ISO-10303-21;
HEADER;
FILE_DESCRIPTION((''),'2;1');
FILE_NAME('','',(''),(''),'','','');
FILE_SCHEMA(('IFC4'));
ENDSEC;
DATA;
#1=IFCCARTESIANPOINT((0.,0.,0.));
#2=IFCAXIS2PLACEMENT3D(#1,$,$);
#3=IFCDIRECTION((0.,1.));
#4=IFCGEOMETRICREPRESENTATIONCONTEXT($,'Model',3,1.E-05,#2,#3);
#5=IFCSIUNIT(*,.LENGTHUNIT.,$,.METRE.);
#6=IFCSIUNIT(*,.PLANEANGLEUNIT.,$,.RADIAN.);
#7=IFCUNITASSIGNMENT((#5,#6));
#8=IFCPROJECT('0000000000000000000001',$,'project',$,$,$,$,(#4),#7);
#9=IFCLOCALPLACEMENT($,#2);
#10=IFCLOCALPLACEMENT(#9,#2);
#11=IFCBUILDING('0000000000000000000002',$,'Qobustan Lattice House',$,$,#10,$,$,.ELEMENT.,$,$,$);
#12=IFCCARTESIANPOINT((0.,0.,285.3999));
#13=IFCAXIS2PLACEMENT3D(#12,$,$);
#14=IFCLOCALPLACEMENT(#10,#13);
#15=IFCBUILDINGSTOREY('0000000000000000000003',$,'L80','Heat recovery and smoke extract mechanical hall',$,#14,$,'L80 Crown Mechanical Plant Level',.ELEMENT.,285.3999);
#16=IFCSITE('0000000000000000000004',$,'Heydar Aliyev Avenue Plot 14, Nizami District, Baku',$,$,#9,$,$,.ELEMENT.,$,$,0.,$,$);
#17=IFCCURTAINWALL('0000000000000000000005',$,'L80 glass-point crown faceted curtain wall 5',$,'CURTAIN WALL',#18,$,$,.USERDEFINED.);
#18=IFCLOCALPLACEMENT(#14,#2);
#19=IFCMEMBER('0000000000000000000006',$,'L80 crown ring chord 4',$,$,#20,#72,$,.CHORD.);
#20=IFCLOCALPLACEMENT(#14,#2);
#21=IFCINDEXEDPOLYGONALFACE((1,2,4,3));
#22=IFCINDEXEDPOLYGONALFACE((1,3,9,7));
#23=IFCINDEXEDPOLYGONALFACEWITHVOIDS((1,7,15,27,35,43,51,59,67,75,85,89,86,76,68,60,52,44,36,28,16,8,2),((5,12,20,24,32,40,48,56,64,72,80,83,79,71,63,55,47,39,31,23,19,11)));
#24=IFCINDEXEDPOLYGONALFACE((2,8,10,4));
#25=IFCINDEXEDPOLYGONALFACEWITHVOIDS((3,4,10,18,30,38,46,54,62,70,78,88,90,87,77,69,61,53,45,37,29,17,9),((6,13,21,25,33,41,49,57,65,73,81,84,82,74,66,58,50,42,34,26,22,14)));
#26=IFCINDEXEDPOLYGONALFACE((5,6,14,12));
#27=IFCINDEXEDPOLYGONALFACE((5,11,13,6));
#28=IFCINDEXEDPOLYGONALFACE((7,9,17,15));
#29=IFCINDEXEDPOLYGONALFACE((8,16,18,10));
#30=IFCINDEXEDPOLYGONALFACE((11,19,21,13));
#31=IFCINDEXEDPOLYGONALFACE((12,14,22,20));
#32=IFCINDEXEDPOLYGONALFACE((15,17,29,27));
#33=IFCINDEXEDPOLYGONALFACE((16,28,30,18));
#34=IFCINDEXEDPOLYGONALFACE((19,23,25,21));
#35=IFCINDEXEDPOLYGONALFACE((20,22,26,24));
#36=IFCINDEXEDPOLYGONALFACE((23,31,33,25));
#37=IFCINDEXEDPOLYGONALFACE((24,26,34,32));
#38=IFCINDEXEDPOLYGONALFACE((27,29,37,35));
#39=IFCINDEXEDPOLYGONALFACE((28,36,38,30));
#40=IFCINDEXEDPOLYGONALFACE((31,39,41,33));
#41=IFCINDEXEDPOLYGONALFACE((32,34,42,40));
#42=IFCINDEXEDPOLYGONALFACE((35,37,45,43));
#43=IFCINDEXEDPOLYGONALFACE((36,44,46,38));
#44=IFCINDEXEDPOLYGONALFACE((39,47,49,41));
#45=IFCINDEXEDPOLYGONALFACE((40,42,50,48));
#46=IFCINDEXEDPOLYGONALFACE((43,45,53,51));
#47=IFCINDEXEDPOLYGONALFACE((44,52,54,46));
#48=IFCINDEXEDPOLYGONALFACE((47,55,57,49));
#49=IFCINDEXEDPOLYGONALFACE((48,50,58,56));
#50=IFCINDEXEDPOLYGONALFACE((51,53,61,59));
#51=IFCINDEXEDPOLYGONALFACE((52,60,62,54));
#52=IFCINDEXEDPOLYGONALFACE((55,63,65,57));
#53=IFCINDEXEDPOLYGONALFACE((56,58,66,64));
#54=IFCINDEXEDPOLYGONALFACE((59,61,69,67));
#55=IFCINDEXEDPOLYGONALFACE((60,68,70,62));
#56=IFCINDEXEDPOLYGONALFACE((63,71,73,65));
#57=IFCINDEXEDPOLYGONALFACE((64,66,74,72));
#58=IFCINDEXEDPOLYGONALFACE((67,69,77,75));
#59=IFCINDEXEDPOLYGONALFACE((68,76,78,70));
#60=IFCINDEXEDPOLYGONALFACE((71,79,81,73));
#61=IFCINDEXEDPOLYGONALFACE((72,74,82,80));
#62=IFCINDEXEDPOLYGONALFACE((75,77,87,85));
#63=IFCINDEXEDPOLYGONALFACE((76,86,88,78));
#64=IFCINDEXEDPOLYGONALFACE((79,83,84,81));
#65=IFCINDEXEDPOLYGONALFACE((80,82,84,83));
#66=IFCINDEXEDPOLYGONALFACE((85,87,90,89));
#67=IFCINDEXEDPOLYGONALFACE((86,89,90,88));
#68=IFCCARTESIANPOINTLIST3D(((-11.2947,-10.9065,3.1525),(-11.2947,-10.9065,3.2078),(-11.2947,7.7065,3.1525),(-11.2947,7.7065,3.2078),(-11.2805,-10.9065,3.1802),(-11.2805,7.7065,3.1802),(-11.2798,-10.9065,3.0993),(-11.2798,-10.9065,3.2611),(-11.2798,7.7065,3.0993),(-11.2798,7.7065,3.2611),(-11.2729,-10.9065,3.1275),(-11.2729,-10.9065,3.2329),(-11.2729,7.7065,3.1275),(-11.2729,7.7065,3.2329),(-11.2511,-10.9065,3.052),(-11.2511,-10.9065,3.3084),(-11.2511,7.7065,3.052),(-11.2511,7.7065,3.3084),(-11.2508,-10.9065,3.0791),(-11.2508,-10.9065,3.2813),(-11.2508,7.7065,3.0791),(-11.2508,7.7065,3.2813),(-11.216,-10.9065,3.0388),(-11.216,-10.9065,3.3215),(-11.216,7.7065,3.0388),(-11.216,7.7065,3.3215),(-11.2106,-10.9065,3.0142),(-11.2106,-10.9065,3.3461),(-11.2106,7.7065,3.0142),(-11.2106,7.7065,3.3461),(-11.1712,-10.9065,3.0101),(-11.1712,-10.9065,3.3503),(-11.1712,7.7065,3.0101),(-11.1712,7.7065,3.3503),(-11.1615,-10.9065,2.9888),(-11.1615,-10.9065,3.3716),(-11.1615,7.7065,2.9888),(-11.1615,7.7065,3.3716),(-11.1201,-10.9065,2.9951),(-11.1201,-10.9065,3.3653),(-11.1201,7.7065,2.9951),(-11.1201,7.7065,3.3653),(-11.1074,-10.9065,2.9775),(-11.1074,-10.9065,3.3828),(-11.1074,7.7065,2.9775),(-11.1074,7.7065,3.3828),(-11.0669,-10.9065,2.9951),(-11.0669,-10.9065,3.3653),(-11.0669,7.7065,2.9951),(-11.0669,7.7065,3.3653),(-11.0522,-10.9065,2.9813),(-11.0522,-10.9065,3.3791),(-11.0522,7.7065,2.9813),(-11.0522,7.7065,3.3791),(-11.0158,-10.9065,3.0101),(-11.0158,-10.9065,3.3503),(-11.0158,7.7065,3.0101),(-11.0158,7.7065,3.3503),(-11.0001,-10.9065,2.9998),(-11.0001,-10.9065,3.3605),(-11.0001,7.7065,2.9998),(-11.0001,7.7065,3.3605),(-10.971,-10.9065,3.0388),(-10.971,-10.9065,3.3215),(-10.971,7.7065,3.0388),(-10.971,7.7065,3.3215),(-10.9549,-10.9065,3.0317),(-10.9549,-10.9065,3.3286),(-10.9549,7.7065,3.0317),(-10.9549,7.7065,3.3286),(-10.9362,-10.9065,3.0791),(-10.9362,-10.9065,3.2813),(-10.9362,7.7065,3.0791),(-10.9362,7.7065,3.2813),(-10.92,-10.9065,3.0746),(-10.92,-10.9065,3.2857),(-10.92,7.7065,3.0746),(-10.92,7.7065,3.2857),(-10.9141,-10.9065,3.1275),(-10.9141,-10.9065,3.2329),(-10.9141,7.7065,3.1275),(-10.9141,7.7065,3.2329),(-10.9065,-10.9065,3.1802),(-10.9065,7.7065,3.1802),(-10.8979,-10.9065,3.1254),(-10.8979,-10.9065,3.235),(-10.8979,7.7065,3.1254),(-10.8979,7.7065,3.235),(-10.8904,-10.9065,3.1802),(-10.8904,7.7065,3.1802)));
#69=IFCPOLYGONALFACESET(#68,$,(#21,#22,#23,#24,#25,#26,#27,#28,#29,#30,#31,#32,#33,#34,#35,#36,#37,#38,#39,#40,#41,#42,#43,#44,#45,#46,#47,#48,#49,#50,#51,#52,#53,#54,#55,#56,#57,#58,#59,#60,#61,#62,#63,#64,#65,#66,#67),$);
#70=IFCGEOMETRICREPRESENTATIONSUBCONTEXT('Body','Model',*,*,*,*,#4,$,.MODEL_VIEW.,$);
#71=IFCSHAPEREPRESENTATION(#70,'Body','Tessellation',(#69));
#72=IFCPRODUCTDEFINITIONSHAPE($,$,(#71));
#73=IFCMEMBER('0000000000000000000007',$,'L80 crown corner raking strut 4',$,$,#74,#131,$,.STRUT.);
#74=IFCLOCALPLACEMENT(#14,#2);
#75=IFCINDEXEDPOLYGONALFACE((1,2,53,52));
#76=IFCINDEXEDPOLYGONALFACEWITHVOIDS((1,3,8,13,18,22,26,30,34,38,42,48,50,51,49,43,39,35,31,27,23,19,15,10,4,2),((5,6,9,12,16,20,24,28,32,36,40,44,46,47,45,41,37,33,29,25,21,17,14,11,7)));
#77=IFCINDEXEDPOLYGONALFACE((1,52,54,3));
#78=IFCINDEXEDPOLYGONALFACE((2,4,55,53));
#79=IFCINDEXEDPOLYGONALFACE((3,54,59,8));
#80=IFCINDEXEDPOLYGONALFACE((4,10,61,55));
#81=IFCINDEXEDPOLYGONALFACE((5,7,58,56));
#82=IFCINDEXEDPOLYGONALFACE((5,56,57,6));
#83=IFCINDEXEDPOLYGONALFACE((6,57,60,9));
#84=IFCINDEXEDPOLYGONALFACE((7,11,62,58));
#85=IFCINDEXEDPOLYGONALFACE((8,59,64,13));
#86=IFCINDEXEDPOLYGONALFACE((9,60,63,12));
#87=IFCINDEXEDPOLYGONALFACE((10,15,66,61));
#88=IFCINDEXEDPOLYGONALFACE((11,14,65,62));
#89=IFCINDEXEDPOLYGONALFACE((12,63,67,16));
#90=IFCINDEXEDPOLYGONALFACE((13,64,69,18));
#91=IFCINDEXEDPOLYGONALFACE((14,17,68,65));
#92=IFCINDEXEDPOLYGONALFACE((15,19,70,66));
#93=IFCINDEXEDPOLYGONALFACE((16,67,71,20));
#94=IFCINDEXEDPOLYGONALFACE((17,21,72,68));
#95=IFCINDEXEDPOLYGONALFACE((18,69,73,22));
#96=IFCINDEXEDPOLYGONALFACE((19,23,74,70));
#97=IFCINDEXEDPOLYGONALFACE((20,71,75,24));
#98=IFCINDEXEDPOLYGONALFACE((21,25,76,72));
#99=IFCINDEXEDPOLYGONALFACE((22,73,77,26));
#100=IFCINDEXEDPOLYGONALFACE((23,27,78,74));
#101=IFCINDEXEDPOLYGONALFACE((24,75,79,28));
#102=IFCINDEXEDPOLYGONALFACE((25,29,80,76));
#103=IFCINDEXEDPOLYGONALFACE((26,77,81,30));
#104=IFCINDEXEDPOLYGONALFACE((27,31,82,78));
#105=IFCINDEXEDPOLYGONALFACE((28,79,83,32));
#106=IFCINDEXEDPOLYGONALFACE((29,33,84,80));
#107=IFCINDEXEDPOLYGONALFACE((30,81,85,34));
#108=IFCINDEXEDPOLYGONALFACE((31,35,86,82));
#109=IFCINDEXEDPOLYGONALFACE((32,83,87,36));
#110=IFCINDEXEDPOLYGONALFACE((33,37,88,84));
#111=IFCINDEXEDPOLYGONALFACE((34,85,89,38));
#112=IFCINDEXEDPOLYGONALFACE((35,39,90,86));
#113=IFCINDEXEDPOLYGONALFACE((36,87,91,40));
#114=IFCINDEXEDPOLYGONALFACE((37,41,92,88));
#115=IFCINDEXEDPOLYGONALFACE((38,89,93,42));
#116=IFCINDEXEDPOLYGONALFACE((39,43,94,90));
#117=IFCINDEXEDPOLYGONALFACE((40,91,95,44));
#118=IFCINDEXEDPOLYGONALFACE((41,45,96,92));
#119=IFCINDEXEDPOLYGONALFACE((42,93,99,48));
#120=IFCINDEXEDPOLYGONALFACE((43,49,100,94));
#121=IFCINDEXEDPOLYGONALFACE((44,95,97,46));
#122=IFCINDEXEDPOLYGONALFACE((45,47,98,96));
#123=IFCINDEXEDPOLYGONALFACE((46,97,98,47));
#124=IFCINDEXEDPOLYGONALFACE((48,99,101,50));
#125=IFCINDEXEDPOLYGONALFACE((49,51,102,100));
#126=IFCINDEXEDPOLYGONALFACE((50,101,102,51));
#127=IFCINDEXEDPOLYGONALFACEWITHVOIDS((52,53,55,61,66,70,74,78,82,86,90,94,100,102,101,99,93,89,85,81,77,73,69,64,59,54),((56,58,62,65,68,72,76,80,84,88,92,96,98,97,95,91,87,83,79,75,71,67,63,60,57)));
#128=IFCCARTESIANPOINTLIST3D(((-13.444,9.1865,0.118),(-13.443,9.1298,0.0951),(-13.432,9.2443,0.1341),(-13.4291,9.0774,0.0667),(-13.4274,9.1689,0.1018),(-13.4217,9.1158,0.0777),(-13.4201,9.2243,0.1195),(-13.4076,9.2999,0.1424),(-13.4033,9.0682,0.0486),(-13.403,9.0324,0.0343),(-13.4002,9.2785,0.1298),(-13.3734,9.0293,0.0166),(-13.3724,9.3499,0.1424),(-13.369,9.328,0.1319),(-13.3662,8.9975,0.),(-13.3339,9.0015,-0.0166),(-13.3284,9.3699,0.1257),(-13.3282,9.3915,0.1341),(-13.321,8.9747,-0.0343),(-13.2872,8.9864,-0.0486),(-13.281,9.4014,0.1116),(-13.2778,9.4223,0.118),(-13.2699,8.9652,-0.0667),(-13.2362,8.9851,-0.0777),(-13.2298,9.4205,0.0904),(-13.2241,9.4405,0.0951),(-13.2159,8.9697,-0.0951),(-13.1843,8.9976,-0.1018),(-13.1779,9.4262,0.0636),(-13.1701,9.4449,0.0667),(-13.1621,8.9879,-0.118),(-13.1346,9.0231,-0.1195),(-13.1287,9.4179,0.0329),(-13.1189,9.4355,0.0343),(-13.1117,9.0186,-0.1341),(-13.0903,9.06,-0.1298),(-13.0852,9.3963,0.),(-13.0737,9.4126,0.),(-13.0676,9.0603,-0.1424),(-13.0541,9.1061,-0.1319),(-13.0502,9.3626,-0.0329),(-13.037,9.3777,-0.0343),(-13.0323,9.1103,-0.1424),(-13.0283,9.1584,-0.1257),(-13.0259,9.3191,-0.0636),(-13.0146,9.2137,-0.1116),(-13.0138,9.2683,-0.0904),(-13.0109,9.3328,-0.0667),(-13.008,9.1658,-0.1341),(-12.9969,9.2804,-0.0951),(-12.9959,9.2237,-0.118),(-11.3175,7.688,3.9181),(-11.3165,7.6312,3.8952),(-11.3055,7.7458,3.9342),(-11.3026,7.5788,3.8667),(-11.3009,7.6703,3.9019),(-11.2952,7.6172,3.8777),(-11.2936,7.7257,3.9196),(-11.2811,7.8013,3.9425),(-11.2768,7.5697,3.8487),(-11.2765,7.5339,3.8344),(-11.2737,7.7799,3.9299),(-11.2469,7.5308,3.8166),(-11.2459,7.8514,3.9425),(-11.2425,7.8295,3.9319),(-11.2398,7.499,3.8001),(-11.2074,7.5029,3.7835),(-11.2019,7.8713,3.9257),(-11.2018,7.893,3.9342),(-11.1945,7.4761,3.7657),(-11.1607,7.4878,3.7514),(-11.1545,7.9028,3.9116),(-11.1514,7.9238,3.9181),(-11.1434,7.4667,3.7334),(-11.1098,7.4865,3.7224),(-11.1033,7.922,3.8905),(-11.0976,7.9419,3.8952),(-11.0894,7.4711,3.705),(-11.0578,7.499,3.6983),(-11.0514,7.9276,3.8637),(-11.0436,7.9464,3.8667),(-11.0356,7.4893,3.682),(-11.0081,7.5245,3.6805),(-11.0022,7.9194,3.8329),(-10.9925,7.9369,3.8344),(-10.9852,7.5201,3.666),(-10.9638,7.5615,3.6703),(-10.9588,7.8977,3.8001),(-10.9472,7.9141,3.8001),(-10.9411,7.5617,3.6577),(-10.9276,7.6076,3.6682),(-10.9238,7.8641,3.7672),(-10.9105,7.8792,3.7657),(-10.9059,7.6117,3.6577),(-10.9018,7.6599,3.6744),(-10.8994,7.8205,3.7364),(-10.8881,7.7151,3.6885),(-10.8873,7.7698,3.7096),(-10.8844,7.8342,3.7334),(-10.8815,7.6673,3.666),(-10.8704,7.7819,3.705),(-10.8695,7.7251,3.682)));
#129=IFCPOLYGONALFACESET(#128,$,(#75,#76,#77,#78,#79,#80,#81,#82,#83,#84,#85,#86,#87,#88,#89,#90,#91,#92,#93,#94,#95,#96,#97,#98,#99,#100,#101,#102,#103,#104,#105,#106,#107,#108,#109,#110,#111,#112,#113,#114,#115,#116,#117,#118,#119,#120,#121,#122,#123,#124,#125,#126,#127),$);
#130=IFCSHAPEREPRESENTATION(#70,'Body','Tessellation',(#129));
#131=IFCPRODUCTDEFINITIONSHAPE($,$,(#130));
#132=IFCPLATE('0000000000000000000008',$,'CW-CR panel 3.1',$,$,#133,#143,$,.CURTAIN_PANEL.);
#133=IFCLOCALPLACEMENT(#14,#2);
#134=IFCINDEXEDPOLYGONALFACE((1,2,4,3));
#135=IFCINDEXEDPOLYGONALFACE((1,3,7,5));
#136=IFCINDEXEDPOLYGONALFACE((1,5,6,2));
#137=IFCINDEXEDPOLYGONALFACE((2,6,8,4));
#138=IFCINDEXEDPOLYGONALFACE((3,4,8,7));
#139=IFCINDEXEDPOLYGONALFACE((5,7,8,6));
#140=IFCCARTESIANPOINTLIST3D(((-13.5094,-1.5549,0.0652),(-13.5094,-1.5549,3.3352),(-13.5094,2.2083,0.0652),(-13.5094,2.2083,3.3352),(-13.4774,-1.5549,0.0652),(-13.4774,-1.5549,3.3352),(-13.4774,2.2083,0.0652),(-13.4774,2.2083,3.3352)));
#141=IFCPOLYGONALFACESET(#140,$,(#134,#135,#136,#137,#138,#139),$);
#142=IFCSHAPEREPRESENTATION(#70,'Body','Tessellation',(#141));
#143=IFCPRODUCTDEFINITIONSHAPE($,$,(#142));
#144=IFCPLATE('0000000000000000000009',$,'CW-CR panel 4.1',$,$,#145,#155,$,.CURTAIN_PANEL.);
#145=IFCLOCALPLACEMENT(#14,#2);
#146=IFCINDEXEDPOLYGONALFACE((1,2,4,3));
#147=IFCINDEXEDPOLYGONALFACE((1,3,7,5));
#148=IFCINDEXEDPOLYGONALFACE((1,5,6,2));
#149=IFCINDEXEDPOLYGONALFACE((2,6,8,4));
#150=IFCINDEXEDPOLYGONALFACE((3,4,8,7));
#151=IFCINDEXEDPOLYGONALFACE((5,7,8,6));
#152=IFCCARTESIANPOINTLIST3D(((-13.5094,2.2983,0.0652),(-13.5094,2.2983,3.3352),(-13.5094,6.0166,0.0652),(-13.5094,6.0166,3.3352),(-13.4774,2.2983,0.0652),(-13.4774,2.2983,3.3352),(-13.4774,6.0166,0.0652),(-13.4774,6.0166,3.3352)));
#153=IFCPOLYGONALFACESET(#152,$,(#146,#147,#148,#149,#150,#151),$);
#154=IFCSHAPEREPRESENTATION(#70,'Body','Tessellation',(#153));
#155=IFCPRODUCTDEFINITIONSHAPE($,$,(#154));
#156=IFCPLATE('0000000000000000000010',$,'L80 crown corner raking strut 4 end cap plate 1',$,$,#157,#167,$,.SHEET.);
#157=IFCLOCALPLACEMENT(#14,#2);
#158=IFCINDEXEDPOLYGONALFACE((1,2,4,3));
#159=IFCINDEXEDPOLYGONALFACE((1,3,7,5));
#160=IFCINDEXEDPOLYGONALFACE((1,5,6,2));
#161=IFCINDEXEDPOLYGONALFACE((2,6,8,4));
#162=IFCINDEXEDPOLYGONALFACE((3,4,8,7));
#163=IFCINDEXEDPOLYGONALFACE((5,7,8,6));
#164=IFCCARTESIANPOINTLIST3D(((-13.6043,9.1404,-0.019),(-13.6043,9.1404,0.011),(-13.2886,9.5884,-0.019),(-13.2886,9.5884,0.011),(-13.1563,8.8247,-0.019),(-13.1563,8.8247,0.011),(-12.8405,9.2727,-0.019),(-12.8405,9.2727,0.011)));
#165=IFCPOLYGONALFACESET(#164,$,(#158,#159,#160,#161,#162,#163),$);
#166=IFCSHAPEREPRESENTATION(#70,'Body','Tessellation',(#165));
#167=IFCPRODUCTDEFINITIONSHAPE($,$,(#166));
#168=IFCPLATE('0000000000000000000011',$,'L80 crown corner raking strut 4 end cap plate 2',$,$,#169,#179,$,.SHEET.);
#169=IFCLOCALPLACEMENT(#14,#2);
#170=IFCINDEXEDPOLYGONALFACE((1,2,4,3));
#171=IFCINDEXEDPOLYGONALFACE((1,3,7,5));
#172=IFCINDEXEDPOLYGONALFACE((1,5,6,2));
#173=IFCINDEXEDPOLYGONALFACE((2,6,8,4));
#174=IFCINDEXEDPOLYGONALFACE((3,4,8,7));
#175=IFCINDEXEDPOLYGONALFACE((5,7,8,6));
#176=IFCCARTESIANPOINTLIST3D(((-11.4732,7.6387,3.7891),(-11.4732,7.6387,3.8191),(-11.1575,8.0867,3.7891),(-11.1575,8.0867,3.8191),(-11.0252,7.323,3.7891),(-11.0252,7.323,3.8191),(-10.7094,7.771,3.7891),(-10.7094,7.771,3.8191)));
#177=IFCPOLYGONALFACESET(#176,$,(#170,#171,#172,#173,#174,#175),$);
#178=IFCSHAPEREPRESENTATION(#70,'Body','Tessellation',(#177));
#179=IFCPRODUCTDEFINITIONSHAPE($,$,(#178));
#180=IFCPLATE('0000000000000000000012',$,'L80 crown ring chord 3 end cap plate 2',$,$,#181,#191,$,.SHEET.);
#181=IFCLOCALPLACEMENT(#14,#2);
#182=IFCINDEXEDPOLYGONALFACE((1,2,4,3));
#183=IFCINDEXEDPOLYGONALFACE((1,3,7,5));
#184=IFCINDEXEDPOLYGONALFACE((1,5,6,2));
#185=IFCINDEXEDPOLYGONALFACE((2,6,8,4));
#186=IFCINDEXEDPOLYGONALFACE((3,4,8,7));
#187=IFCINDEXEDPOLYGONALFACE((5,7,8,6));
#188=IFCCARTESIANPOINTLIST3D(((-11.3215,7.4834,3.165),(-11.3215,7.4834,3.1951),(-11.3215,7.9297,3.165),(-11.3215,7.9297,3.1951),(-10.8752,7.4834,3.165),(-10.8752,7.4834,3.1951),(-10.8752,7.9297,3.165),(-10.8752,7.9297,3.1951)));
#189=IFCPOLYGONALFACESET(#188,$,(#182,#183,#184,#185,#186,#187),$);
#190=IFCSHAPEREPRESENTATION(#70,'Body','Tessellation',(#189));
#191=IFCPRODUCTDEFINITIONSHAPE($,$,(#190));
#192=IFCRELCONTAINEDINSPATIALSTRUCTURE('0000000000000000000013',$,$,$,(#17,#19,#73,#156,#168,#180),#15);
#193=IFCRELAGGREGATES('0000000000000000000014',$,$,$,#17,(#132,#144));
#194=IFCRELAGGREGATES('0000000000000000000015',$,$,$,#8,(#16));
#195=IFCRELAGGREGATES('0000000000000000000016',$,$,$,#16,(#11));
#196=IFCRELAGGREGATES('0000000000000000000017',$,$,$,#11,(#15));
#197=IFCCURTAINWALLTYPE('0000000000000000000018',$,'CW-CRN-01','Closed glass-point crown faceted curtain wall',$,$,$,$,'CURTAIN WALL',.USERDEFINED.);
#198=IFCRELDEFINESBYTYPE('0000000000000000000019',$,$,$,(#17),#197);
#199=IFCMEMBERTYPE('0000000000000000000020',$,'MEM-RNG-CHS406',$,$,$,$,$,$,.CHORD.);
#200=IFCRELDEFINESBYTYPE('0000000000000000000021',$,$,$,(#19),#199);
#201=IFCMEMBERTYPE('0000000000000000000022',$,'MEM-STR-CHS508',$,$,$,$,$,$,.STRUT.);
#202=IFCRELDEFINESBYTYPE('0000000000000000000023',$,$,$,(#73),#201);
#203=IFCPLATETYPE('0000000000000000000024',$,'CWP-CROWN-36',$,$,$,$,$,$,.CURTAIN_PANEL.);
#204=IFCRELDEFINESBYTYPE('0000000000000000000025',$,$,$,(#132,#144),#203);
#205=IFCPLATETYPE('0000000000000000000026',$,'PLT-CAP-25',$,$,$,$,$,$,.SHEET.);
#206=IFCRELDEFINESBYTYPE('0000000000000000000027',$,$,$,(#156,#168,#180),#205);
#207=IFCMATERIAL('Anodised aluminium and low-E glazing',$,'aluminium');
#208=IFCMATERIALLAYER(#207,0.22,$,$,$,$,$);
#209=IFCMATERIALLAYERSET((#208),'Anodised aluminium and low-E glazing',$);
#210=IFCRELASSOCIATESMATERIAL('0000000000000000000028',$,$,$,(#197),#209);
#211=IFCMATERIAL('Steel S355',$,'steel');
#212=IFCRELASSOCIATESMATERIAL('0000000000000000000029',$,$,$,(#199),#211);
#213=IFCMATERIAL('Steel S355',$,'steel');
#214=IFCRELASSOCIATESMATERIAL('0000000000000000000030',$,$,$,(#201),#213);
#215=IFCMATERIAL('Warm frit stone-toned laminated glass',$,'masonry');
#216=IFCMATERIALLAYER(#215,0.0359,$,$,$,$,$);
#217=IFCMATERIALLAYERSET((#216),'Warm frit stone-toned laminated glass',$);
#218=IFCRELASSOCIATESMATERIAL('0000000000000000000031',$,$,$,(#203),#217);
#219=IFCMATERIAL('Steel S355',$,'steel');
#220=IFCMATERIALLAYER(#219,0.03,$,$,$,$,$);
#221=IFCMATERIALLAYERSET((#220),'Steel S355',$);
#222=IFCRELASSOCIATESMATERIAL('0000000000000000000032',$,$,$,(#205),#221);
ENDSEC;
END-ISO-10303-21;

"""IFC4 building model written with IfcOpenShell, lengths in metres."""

from ifc_helpers import new_model, si_unit, direction, frame, origin, origin_2d, place, context, subcontext, project, spatial, rectangle, hollow_circle, extrude, material, layer, layer_set, material_profile, profile_set, type_object, element, aggregate, save


model = new_model("IFC4")

# Units and contexts
model_context = context("Model", 3, precision=1e-05, world=origin(), true_north=direction((0.0, 1.0)))
body_context = subcontext(model_context, "Body", "Model", "MODEL_VIEW")
ifc_project = project(units=[si_unit("LENGTHUNIT", "METRE"), si_unit("PLANEANGLEUNIT", "RADIAN")], contexts=[model_context])

# Site, building, storey
site_placement = place(None, origin())
site = spatial("IfcSite", under=ifc_project, at=site_placement, Name="Heydar Aliyev Avenue Plot 14, Nizami District, Baku", CompositionType="ELEMENT", RefElevation=0.0)
building_placement = place(site_placement, origin())
building = spatial("IfcBuilding", under=site, at=building_placement, Name="Qobustan Lattice House", CompositionType="ELEMENT")
storey_placement = place(building_placement, frame((0.0, 0.0, 285.3999)))
storey = spatial("IfcBuildingStorey", under=building, at=storey_placement, Name="L80", Description="Heat recovery and smoke extract mechanical hall", LongName="L80 Crown Mechanical Plant Level", CompositionType="ELEMENT", Elevation=285.3999)

# Curtain wall
ifc_material_1 = material(Name="Anodised aluminium and low-E glazing", Category="aluminium")
ifc_layer_1 = layer(ifc_material_1, 0.22)
ifc_layer_set_1 = layer_set([ifc_layer_1], Name="Anodised aluminium and low-E glazing")
curtain_wall_type = type_object("IfcCurtainWallType", Name="CW-CRN-01", Description="Closed glass-point crown faceted curtain wall", ElementType="CURTAIN WALL", PredefinedType="USERDEFINED", material=ifc_layer_set_1)
curtain_wall_1_placement = place(storey_placement, origin())
curtain_wall_1 = element("IfcCurtainWall", 1, at=curtain_wall_1_placement, inside=storey, type_object=curtain_wall_type, Name="L80 glass-point crown faceted curtain wall 5", ObjectType="CURTAIN WALL", PredefinedType="USERDEFINED")

# Members
ifc_material_2 = material(Name="Steel S355", Category="steel")
ifc_material_profile_1 = material_profile(ifc_material_2, hollow_circle(Radius=0.2031, WallThickness=0.0161, at=origin_2d()), Name="CHS406.4x16")
ifc_profile_set_1 = profile_set([ifc_material_profile_1], Name="Steel S355")
member_type_1 = type_object("IfcMemberType", Name="MEM-RNG-CHS406", PredefinedType="CHORD", material=ifc_profile_set_1)
member_1_placement = place(storey_placement, frame((-11.0935, 7.7065, 3.1802), z_axis=(0.0, -1.0, 0.0), x_axis=(1.0, 0.0, 0.0)))
element("IfcMember", 2, at=member_1_placement, inside=storey, type_object=member_type_1, Name="L80 crown ring chord 4", PredefinedType="CHORD", context=body_context, shape_type="SweptSolid", body=[
    extrude(hollow_circle(Radius=0.2031, WallThickness=0.0161, at=origin_2d()), origin(), (0.0, 0.0, 1.0), 18.613),
])
ifc_material_3 = material(Name="Steel S355", Category="steel")
ifc_material_profile_2 = material_profile(ifc_material_3, hollow_circle(Radius=0.2539, WallThickness=0.02, at=origin_2d()), Name="CHS508x20")
ifc_profile_set_2 = profile_set([ifc_material_profile_2], Name="Steel S355")
member_type_2 = type_object("IfcMemberType", Name="MEM-STR-CHS508", PredefinedType="STRUT", material=ifc_profile_set_2)
member_2_placement = place(storey_placement, frame((-13.22, 9.2051, 0.0), z_axis=(0.461753, -0.325401, 0.825165), x_axis=(0.576042, 0.81742, 0.0)))
element("IfcMember", 3, at=member_2_placement, inside=storey, type_object=member_type_2, Name="L80 crown corner raking strut 4", PredefinedType="STRUT", context=body_context, shape_type="SweptSolid", body=[
    extrude(hollow_circle(Radius=0.2539, WallThickness=0.02, at=origin_2d()), origin(), (0.0, 0.0, 1.0), 4.6052),
])

# Plates
ifc_material_4 = material(Name="Warm frit stone-toned laminated glass", Category="masonry")
ifc_layer_2 = layer(ifc_material_4, 0.0359)
ifc_layer_set_2 = layer_set([ifc_layer_2], Name="Warm frit stone-toned laminated glass")
plate_type_1 = type_object("IfcPlateType", Name="CWP-CROWN-36", PredefinedType="CURTAIN_PANEL", material=ifc_layer_set_2)
plate_1_placement = place(storey_placement, frame((-13.4934, 0.3267, 0.0652), z_axis=(0.0, 0.0, 1.0), x_axis=(0.0, 1.0, 0.0)))
plate_1 = element("IfcPlate", 4, at=plate_1_placement, type_object=plate_type_1, Name="CW-CR panel 3.1", PredefinedType="CURTAIN_PANEL", context=body_context, shape_type="SweptSolid", body=[
    extrude(rectangle(XDim=3.7632, YDim=0.032, at=origin_2d()), origin(), (0.0, 0.0, 1.0), 3.27),
])
plate_2_placement = place(storey_placement, frame((-13.4934, 4.1575, 0.0652), z_axis=(0.0, 0.0, 1.0), x_axis=(0.0, 1.0, 0.0)))
plate_2 = element("IfcPlate", 5, at=plate_2_placement, type_object=plate_type_1, Name="CW-CR panel 4.1", PredefinedType="CURTAIN_PANEL", context=body_context, shape_type="SweptSolid", body=[
    extrude(rectangle(XDim=3.7183, YDim=0.032, at=origin_2d()), origin(), (0.0, 0.0, 1.0), 3.27),
])
aggregate(curtain_wall_1, [plate_1, plate_2])

# Plates
ifc_material_5 = material(Name="Steel S355", Category="steel")
ifc_layer_3 = layer(ifc_material_5, 0.03)
ifc_layer_set_3 = layer_set([ifc_layer_3], Name="Steel S355")
plate_type_2 = type_object("IfcPlateType", Name="PLT-CAP-25", PredefinedType="SHEET", material=ifc_layer_set_3)
for number, where, z_axis, x_axis, name in (
    (6, (-13.2224, 9.2065, -0.019), (0.0, 0.0, 1.0), (0.817426, -0.576033, 0.0), "L80 crown corner raking strut 4 end cap plate 1"),
    (7, (-11.0913, 7.7048, 3.7891), (0.0, 0.0, 1.0), (0.817426, -0.576033, 0.0), "L80 crown corner raking strut 4 end cap plate 2"),
):
    element("IfcPlate", number, at=place(storey_placement, frame(where, z_axis=z_axis, x_axis=x_axis)), inside=storey, type_object=plate_type_2, Name=name, PredefinedType="SHEET", context=body_context, shape_type="SweptSolid", body=[
        extrude(rectangle(XDim=0.5481, YDim=0.5481, at=origin_2d()), origin(), (0.0, 0.0, 1.0), 0.03),
    ])
plate_3_placement = place(storey_placement, frame((-11.0984, 7.7065, 3.165), z_axis=(0.0, 0.0, 1.0), x_axis=(-1.0, 0.0, 0.0)))
element("IfcPlate", 8, at=plate_3_placement, inside=storey, type_object=plate_type_2, Name="L80 crown ring chord 3 end cap plate 2", PredefinedType="SHEET", context=body_context, shape_type="SweptSolid", body=[
    extrude(rectangle(XDim=0.4463, YDim=0.4463, at=origin_2d()), origin(), (0.0, 0.0, 1.0), 0.03),
])

save(model, "model.ifc")
